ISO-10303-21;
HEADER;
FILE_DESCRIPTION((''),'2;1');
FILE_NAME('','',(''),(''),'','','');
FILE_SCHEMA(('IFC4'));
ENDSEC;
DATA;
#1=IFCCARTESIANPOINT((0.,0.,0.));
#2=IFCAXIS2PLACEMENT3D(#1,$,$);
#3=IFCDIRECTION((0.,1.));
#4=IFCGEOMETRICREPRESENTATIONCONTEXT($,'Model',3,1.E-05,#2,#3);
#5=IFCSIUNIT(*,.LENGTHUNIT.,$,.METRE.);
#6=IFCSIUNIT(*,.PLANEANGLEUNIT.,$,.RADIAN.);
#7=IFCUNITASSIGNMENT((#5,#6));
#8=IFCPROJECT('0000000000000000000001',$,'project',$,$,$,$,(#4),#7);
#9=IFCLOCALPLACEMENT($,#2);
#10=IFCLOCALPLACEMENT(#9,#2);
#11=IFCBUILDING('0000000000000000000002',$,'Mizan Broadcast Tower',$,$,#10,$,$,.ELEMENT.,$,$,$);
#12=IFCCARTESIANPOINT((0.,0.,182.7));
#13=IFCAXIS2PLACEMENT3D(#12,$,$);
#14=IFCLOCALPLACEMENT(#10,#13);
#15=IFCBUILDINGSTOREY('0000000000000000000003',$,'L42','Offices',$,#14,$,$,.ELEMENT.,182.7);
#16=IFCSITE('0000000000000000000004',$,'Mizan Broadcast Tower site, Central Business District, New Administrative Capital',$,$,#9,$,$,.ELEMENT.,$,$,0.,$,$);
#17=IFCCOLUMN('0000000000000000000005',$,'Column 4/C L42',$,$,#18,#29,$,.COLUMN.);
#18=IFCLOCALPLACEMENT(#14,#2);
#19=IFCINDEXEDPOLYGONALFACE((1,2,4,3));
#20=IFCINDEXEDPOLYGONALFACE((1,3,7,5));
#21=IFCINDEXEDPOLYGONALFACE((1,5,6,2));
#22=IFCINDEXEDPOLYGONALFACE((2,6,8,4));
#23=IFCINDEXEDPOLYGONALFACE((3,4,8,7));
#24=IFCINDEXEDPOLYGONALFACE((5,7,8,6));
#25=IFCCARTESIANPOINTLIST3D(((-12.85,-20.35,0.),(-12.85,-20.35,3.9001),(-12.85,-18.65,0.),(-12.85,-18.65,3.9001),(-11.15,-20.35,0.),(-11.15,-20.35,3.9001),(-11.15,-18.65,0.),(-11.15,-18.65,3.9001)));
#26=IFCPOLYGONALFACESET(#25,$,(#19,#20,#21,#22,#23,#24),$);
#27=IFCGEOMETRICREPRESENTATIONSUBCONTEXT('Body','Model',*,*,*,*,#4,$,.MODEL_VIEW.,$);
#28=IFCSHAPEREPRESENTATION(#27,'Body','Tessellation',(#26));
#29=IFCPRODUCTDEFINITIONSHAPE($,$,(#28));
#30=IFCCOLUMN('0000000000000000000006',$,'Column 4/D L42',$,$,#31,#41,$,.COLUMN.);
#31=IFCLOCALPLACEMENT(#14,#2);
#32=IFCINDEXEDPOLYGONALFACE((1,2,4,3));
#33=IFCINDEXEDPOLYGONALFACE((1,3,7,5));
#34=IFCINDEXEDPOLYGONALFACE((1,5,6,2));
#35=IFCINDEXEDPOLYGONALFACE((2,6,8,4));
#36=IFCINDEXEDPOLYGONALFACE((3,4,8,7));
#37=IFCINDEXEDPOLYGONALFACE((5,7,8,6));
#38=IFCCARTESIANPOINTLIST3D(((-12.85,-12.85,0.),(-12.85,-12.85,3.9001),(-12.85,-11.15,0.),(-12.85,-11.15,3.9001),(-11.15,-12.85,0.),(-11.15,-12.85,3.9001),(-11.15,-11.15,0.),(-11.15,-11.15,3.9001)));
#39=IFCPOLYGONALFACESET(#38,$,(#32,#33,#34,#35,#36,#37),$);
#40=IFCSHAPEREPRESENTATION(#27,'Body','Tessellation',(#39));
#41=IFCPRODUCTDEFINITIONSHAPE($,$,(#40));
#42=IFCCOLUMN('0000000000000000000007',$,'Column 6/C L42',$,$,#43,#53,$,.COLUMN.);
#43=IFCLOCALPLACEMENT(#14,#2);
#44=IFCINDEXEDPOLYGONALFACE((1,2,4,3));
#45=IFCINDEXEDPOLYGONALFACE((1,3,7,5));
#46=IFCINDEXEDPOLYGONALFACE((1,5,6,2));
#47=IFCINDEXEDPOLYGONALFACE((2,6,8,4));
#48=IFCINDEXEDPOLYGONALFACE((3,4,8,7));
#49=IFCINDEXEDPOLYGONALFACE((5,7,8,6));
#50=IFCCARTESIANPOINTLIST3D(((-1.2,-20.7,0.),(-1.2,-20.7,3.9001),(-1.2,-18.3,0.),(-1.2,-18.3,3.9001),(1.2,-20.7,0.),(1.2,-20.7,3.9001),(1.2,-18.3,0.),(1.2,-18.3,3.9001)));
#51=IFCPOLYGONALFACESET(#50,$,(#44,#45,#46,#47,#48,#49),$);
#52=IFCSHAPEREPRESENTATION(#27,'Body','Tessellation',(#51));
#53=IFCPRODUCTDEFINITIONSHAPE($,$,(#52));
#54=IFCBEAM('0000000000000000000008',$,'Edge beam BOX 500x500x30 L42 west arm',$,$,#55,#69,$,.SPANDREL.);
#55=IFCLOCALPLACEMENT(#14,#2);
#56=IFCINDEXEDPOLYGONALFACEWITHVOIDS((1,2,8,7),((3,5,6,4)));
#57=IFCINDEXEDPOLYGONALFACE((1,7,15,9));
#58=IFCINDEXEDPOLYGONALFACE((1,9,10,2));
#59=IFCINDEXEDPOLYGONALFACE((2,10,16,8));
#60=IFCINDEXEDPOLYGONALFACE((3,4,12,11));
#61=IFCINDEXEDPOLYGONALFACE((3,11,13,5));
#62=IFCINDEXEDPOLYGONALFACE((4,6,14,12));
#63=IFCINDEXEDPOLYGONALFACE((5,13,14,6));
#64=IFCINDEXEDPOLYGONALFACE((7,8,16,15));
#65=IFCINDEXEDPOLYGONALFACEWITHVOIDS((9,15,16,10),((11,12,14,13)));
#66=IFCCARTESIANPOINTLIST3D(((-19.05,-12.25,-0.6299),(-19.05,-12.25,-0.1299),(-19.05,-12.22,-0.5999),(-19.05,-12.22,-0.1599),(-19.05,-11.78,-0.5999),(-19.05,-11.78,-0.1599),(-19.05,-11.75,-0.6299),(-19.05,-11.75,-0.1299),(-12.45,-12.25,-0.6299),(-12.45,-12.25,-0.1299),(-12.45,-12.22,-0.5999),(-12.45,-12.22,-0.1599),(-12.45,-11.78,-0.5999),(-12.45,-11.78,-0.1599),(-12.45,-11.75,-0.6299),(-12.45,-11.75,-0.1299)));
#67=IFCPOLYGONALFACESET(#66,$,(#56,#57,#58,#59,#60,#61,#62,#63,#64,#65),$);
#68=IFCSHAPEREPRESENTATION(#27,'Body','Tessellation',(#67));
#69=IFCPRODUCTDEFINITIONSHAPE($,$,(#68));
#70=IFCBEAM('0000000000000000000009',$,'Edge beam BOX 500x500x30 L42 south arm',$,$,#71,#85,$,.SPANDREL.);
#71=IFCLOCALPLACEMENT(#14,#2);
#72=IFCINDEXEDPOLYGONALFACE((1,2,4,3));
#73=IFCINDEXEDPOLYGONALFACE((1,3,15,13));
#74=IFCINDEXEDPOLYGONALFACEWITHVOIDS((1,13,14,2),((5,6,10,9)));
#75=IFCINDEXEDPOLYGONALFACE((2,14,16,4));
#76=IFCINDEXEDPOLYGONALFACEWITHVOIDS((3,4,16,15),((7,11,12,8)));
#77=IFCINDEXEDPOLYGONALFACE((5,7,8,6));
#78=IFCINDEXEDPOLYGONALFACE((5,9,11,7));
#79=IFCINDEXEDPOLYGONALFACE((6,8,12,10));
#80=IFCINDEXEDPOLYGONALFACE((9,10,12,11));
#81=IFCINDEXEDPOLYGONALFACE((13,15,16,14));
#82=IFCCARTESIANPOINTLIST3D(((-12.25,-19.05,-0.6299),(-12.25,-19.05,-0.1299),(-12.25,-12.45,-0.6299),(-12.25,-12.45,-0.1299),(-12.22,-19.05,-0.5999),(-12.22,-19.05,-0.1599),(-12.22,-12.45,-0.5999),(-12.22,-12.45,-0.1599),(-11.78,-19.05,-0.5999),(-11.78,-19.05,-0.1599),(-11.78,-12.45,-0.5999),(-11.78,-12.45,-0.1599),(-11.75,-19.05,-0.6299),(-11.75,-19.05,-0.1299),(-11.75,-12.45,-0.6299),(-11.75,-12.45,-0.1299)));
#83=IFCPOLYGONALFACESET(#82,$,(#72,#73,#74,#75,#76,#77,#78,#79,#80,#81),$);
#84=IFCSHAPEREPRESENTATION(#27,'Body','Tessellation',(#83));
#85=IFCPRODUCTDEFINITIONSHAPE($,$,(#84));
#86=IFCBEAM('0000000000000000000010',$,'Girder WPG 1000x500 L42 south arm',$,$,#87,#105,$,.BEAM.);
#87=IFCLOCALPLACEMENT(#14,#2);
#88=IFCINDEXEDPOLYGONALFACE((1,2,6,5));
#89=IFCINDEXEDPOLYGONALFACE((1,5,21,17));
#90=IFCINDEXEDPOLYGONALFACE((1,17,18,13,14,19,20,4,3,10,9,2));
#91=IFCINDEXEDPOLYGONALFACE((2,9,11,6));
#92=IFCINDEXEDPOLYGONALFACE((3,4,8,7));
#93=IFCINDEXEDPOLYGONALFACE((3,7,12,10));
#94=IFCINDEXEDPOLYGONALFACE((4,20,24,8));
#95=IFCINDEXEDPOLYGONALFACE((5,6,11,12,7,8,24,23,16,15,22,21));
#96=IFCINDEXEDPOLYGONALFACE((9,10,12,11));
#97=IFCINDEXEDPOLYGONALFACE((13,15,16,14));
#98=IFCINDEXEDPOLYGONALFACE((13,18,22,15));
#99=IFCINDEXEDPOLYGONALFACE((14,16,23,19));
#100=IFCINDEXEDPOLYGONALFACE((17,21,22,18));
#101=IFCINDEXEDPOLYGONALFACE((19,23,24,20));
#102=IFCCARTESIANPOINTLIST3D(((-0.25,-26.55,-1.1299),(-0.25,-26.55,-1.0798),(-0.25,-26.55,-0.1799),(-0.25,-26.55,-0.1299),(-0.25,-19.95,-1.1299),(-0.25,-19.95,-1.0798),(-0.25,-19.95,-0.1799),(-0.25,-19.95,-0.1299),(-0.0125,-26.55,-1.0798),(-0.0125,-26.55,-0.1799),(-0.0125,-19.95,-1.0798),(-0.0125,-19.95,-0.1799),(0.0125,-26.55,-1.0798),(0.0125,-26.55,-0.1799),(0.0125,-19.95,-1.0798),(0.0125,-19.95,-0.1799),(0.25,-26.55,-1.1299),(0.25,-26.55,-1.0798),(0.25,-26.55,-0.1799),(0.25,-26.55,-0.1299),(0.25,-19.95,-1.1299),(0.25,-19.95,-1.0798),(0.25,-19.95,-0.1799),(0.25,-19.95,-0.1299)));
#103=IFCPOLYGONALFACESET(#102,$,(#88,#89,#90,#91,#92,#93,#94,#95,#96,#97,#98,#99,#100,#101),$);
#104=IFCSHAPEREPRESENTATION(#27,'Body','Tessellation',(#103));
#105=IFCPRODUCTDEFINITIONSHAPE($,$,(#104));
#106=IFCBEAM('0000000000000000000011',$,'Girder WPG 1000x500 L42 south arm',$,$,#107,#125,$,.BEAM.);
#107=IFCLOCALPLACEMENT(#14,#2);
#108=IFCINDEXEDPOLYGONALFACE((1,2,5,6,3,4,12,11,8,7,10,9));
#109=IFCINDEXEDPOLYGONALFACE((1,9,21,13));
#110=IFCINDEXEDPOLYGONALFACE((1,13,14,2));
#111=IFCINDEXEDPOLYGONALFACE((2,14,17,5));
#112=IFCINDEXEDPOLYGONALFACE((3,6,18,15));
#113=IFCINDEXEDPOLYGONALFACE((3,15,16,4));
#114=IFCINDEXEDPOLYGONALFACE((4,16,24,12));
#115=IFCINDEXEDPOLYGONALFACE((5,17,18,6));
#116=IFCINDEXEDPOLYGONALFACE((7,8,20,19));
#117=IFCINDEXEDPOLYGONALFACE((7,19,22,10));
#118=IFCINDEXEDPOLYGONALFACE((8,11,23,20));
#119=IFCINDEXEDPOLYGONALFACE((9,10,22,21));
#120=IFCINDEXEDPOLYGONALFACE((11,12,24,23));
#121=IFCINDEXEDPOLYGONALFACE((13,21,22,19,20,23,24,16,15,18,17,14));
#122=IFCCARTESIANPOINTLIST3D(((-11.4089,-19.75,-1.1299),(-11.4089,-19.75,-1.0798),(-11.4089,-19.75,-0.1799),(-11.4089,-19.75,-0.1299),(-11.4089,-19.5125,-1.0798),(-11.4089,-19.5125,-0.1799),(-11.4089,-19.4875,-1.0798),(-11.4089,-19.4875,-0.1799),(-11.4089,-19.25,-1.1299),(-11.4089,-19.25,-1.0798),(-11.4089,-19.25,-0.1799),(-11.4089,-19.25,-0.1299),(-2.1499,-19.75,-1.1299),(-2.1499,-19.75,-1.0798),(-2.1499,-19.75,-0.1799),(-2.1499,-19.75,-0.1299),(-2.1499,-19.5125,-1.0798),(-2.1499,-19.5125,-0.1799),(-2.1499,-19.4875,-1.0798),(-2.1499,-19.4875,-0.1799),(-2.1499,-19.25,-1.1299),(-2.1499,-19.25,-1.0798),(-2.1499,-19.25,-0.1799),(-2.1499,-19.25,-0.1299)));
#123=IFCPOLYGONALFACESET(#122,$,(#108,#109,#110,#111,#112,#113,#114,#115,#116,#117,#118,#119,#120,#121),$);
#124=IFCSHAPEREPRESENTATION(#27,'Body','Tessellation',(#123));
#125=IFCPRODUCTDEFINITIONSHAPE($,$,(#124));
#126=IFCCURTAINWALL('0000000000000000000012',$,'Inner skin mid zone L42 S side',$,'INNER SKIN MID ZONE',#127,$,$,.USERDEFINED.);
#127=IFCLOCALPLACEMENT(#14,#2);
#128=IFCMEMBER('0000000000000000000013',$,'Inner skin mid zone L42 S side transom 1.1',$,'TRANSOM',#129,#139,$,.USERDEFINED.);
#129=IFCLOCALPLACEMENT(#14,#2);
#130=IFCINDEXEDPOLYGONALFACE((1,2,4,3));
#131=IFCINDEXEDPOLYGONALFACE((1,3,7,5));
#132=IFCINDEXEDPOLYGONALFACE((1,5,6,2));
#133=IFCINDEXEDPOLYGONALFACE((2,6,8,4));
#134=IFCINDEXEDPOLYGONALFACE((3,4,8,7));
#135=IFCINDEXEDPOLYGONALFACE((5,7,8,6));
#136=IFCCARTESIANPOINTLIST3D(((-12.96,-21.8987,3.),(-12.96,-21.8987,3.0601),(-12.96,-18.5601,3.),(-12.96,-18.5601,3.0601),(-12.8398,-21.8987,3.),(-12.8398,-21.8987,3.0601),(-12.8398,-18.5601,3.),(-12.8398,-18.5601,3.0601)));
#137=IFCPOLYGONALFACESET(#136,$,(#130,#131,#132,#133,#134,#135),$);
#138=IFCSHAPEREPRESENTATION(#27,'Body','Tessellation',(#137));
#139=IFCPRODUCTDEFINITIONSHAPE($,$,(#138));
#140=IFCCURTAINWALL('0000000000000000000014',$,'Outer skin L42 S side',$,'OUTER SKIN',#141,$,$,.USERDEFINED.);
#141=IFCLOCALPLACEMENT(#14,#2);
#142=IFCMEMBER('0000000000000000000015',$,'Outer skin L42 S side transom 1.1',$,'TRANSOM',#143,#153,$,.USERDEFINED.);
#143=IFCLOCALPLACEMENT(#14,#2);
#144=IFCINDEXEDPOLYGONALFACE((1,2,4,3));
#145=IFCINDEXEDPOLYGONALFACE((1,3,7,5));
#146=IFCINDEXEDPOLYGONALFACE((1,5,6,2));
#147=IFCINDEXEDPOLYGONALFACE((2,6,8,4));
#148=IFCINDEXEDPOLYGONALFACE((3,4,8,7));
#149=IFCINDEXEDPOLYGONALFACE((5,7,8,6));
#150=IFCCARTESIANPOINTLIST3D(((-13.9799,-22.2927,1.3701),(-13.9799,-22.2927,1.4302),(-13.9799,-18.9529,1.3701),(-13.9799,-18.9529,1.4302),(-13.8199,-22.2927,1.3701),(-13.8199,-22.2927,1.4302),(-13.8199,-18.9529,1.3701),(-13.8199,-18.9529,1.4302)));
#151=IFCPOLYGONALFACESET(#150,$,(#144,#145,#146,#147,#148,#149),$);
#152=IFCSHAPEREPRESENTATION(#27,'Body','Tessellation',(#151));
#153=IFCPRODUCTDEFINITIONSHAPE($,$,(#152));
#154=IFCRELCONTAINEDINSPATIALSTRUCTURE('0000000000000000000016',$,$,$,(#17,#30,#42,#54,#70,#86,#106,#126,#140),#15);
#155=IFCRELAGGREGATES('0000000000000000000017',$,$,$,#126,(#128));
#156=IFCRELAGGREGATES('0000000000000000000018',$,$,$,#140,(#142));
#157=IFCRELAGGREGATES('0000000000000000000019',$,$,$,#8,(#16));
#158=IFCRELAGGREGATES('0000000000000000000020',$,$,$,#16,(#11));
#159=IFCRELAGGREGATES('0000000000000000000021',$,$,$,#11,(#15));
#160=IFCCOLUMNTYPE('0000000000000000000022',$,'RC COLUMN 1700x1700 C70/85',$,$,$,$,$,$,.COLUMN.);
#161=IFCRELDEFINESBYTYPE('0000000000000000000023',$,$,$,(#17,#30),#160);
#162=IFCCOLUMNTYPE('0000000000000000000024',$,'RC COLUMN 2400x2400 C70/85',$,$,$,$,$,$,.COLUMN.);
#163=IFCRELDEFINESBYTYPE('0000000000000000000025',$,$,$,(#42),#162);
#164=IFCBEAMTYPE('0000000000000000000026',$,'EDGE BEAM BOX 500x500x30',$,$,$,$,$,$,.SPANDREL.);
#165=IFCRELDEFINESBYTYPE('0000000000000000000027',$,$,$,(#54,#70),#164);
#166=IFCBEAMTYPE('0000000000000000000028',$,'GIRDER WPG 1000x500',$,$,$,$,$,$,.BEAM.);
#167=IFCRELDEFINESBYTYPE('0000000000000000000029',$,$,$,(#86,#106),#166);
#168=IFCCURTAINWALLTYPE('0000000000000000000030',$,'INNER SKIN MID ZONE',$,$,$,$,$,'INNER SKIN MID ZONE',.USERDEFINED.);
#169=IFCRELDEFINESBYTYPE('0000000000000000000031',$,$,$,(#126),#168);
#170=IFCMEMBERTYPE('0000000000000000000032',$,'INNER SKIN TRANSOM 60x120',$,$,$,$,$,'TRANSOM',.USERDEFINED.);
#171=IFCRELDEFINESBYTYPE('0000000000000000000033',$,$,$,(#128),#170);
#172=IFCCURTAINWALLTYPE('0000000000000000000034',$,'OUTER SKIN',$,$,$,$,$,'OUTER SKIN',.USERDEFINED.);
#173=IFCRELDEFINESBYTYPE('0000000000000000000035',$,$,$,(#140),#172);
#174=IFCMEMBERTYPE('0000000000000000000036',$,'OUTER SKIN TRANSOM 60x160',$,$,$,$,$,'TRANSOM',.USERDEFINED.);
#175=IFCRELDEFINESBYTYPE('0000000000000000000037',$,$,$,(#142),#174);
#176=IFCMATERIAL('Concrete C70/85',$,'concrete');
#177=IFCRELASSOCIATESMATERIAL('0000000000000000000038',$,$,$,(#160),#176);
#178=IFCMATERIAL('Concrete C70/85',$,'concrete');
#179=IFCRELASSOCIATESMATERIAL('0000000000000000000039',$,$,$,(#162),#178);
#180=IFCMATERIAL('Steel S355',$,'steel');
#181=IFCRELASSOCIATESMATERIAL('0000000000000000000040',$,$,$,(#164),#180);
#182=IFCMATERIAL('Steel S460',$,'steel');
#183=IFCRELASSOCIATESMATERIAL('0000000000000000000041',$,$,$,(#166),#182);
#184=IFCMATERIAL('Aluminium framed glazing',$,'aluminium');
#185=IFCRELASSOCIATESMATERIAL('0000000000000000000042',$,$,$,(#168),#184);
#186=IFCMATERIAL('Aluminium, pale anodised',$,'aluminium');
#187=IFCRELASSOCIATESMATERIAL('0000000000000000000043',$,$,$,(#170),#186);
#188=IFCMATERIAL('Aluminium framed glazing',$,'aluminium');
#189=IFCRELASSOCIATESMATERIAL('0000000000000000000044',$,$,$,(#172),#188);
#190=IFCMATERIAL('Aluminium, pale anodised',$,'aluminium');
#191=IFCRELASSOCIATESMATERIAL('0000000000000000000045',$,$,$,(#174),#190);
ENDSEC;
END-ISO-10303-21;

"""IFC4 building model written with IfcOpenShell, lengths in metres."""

from ifc_helpers import new_model, si_unit, direction, frame, origin, origin_2d, place, context, subcontext, project, spatial, rectangle, hollow_rectangle, i_section, extrude, material, material_profile, profile_set, type_object, element, aggregate, save


model = new_model("IFC4")

# Units and contexts
model_context = context("Model", 3, precision=1e-05, world=origin(), true_north=direction((0.0, 1.0)))
body_context = subcontext(model_context, "Body", "Model", "MODEL_VIEW")
ifc_project = project(units=[si_unit("LENGTHUNIT", "METRE"), si_unit("PLANEANGLEUNIT", "RADIAN")], contexts=[model_context])

# Site, building, storey
site_placement = place(None, origin())
site = spatial("IfcSite", under=ifc_project, at=site_placement, Name="Mizan Broadcast Tower site, Central Business District, New Administrative Capital", CompositionType="ELEMENT", RefElevation=0.0)
building_placement = place(site_placement, origin())
building = spatial("IfcBuilding", under=site, at=building_placement, Name="Mizan Broadcast Tower", CompositionType="ELEMENT")
storey_placement = place(building_placement, frame((0.0, 0.0, 182.7)))
storey = spatial("IfcBuildingStorey", under=building, at=storey_placement, Name="L42", Description="Offices", CompositionType="ELEMENT", Elevation=182.7)

# Columns
ifc_material_1 = material(Name="Concrete C70/85", Category="concrete")
ifc_material_profile_1 = material_profile(ifc_material_1, rectangle(XDim=1.7, YDim=1.7, at=origin_2d()), Name="RC 1700x1700")
ifc_profile_set_1 = profile_set([ifc_material_profile_1], Name="Concrete C70/85")
column_type_1 = type_object("IfcColumnType", Name="RC COLUMN 1700x1700 C70/85", PredefinedType="COLUMN", material=ifc_profile_set_1)
for number, where, z_axis, x_axis, name in (
    (1, (-12.0, -19.5, 0.0), (0.0, 0.0, 1.0), (1.0, 0.0, 0.0), "Column 4/C L42"),
    (2, (-12.0, -12.0, 0.0), (0.0, 0.0, 1.0), (1.0, 0.0, 0.0), "Column 4/D L42"),
):
    element("IfcColumn", number, at=place(storey_placement, frame(where, z_axis=z_axis, x_axis=x_axis)), inside=storey, type_object=column_type_1, Name=name, PredefinedType="COLUMN", context=body_context, shape_type="SweptSolid", body=[
        extrude(rectangle(XDim=1.7, YDim=1.7, at=origin_2d()), origin(), (0.0, 0.0, 1.0), 3.9001),
    ])
ifc_material_2 = material(Name="Concrete C70/85", Category="concrete")
ifc_material_profile_2 = material_profile(ifc_material_2, rectangle(XDim=2.3999, YDim=2.3999, at=origin_2d()), Name="RC 2400x2400")
ifc_profile_set_2 = profile_set([ifc_material_profile_2], Name="Concrete C70/85")
column_type_2 = type_object("IfcColumnType", Name="RC COLUMN 2400x2400 C70/85", PredefinedType="COLUMN", material=ifc_profile_set_2)
column_placement = place(storey_placement, frame((0.0, -19.5, 0.0), z_axis=(0.0, 0.0, 1.0), x_axis=(1.0, 0.0, 0.0)))
element("IfcColumn", 3, at=column_placement, inside=storey, type_object=column_type_2, Name="Column 6/C L42", PredefinedType="COLUMN", context=body_context, shape_type="SweptSolid", body=[
    extrude(rectangle(XDim=2.3999, YDim=2.3999, at=origin_2d()), origin(), (0.0, 0.0, 1.0), 3.9001),
])

# Beams
ifc_material_3 = material(Name="Steel S355", Category="steel")
ifc_material_profile_3 = material_profile(ifc_material_3, hollow_rectangle(XDim=0.5, YDim=0.5, WallThickness=0.03, at=origin_2d()), Name="BOX 500x500x30")
ifc_profile_set_3 = profile_set([ifc_material_profile_3], Name="Steel S355")
beam_type_1 = type_object("IfcBeamType", Name="EDGE BEAM BOX 500x500x30", PredefinedType="SPANDREL", material=ifc_profile_set_3)
for number, where, z_axis, x_axis, name in (
    (4, (-12.45, -12.0, -0.3799), (-1.0, 0.0, 0.0), (0.0, -1.0, 0.0), "Edge beam BOX 500x500x30 L42 west arm"),
    (5, (-12.0, -12.45, -0.3799), (0.0, -1.0, 0.0), (1.0, 0.0, 0.0), "Edge beam BOX 500x500x30 L42 south arm"),
):
    element("IfcBeam", number, at=place(storey_placement, frame(where, z_axis=z_axis, x_axis=x_axis)), inside=storey, type_object=beam_type_1, Name=name, PredefinedType="SPANDREL", context=body_context, shape_type="SweptSolid", body=[
        extrude(hollow_rectangle(XDim=0.5, YDim=0.5, WallThickness=0.03, at=origin_2d()), origin(), (0.0, 0.0, 1.0), 6.6001),
    ])
ifc_material_4 = material(Name="Steel S460", Category="steel")
ifc_material_profile_4 = material_profile(ifc_material_4, i_section(OverallWidth=0.5, OverallDepth=1.0, WebThickness=0.0249, FlangeThickness=0.05, at=origin_2d()), Name="WPG 1000x500")
ifc_profile_set_4 = profile_set([ifc_material_profile_4], Name="Steel S460")
beam_type_2 = type_object("IfcBeamType", Name="GIRDER WPG 1000x500", PredefinedType="BEAM", material=ifc_profile_set_4)
beam_1_placement = place(storey_placement, frame((0.0, -19.95, -0.6299), z_axis=(0.0, -1.0, 0.0), x_axis=(1.0, 0.0, 0.0)))
element("IfcBeam", 6, at=beam_1_placement, inside=storey, type_object=beam_type_2, Name="Girder WPG 1000x500 L42 south arm", PredefinedType="BEAM", context=body_context, shape_type="SweptSolid", body=[
    extrude(i_section(OverallWidth=0.5, OverallDepth=1.0, WebThickness=0.0249, FlangeThickness=0.05, at=origin_2d()), origin(), (0.0, 0.0, 1.0), 6.6001),
])
beam_2_placement = place(storey_placement, frame((-11.4089, -19.5, -0.6299), z_axis=(1.0, 0.0, 0.0), x_axis=(0.0, 1.0, 0.0)))
element("IfcBeam", 7, at=beam_2_placement, inside=storey, type_object=beam_type_2, Name="Girder WPG 1000x500 L42 south arm", PredefinedType="BEAM", context=body_context, shape_type="SweptSolid", body=[
    extrude(i_section(OverallWidth=0.5, OverallDepth=1.0, WebThickness=0.0249, FlangeThickness=0.05, at=origin_2d()), origin(), (0.0, 0.0, 1.0), 9.259),
])

# Curtain walls, members
ifc_material_5 = material(Name="Aluminium framed glazing", Category="aluminium")
curtain_wall_type_1 = type_object("IfcCurtainWallType", Name="INNER SKIN MID ZONE", ElementType="INNER SKIN MID ZONE", PredefinedType="USERDEFINED", material=ifc_material_5)
curtain_wall_1_placement = place(storey_placement, origin())
curtain_wall_1 = element("IfcCurtainWall", 8, at=curtain_wall_1_placement, inside=storey, type_object=curtain_wall_type_1, Name="Inner skin mid zone L42 S side", ObjectType="INNER SKIN MID ZONE", PredefinedType="USERDEFINED")
ifc_material_6 = material(Name="Aluminium, pale anodised", Category="aluminium")
ifc_material_profile_5 = material_profile(ifc_material_6, rectangle(XDim=0.1201, YDim=0.0601, at=origin_2d()), Name="TRANSOM 120x60")
ifc_profile_set_5 = profile_set([ifc_material_profile_5], Name="Aluminium, pale anodised")
member_type_1 = type_object("IfcMemberType", Name="INNER SKIN TRANSOM 60x120", ElementType="TRANSOM", PredefinedType="USERDEFINED", material=ifc_profile_set_5)
member_1_placement = place(storey_placement, frame((-12.8999, -18.5601, 3.03), z_axis=(0.0, -1.0, 0.0), x_axis=(1.0, 0.0, 0.0)))
member_1 = element("IfcMember", 9, at=member_1_placement, type_object=member_type_1, Name="Inner skin mid zone L42 S side transom 1.1", ObjectType="TRANSOM", PredefinedType="USERDEFINED", context=body_context, shape_type="SweptSolid", body=[
    extrude(rectangle(XDim=0.1201, YDim=0.0601, at=origin_2d()), origin(), (0.0, 0.0, 1.0), 3.3386),
])
aggregate(curtain_wall_1, [member_1])
ifc_material_7 = material(Name="Aluminium framed glazing", Category="aluminium")
curtain_wall_type_2 = type_object("IfcCurtainWallType", Name="OUTER SKIN", ElementType="OUTER SKIN", PredefinedType="USERDEFINED", material=ifc_material_7)
curtain_wall_2_placement = place(storey_placement, origin())
curtain_wall_2 = element("IfcCurtainWall", 10, at=curtain_wall_2_placement, inside=storey, type_object=curtain_wall_type_2, Name="Outer skin L42 S side", ObjectType="OUTER SKIN", PredefinedType="USERDEFINED")
ifc_material_8 = material(Name="Aluminium, pale anodised", Category="aluminium")
ifc_material_profile_6 = material_profile(ifc_material_8, rectangle(XDim=0.1599, YDim=0.0601, at=origin_2d()), Name="TRANSOM 160x60")
ifc_profile_set_6 = profile_set([ifc_material_profile_6], Name="Aluminium, pale anodised")
member_type_2 = type_object("IfcMemberType", Name="OUTER SKIN TRANSOM 60x160", ElementType="TRANSOM", PredefinedType="USERDEFINED", material=ifc_profile_set_6)
member_2_placement = place(storey_placement, frame((-13.8999, -18.9529, 1.4001), z_axis=(0.0, -1.0, 0.0), x_axis=(1.0, 0.0, 0.0)))
member_2 = element("IfcMember", 11, at=member_2_placement, type_object=member_type_2, Name="Outer skin L42 S side transom 1.1", ObjectType="TRANSOM", PredefinedType="USERDEFINED", context=body_context, shape_type="SweptSolid", body=[
    extrude(rectangle(XDim=0.1599, YDim=0.0601, at=origin_2d()), origin(), (0.0, 0.0, 1.0), 3.3398),
])
aggregate(curtain_wall_2, [member_2])

save(model, "model.ifc")
